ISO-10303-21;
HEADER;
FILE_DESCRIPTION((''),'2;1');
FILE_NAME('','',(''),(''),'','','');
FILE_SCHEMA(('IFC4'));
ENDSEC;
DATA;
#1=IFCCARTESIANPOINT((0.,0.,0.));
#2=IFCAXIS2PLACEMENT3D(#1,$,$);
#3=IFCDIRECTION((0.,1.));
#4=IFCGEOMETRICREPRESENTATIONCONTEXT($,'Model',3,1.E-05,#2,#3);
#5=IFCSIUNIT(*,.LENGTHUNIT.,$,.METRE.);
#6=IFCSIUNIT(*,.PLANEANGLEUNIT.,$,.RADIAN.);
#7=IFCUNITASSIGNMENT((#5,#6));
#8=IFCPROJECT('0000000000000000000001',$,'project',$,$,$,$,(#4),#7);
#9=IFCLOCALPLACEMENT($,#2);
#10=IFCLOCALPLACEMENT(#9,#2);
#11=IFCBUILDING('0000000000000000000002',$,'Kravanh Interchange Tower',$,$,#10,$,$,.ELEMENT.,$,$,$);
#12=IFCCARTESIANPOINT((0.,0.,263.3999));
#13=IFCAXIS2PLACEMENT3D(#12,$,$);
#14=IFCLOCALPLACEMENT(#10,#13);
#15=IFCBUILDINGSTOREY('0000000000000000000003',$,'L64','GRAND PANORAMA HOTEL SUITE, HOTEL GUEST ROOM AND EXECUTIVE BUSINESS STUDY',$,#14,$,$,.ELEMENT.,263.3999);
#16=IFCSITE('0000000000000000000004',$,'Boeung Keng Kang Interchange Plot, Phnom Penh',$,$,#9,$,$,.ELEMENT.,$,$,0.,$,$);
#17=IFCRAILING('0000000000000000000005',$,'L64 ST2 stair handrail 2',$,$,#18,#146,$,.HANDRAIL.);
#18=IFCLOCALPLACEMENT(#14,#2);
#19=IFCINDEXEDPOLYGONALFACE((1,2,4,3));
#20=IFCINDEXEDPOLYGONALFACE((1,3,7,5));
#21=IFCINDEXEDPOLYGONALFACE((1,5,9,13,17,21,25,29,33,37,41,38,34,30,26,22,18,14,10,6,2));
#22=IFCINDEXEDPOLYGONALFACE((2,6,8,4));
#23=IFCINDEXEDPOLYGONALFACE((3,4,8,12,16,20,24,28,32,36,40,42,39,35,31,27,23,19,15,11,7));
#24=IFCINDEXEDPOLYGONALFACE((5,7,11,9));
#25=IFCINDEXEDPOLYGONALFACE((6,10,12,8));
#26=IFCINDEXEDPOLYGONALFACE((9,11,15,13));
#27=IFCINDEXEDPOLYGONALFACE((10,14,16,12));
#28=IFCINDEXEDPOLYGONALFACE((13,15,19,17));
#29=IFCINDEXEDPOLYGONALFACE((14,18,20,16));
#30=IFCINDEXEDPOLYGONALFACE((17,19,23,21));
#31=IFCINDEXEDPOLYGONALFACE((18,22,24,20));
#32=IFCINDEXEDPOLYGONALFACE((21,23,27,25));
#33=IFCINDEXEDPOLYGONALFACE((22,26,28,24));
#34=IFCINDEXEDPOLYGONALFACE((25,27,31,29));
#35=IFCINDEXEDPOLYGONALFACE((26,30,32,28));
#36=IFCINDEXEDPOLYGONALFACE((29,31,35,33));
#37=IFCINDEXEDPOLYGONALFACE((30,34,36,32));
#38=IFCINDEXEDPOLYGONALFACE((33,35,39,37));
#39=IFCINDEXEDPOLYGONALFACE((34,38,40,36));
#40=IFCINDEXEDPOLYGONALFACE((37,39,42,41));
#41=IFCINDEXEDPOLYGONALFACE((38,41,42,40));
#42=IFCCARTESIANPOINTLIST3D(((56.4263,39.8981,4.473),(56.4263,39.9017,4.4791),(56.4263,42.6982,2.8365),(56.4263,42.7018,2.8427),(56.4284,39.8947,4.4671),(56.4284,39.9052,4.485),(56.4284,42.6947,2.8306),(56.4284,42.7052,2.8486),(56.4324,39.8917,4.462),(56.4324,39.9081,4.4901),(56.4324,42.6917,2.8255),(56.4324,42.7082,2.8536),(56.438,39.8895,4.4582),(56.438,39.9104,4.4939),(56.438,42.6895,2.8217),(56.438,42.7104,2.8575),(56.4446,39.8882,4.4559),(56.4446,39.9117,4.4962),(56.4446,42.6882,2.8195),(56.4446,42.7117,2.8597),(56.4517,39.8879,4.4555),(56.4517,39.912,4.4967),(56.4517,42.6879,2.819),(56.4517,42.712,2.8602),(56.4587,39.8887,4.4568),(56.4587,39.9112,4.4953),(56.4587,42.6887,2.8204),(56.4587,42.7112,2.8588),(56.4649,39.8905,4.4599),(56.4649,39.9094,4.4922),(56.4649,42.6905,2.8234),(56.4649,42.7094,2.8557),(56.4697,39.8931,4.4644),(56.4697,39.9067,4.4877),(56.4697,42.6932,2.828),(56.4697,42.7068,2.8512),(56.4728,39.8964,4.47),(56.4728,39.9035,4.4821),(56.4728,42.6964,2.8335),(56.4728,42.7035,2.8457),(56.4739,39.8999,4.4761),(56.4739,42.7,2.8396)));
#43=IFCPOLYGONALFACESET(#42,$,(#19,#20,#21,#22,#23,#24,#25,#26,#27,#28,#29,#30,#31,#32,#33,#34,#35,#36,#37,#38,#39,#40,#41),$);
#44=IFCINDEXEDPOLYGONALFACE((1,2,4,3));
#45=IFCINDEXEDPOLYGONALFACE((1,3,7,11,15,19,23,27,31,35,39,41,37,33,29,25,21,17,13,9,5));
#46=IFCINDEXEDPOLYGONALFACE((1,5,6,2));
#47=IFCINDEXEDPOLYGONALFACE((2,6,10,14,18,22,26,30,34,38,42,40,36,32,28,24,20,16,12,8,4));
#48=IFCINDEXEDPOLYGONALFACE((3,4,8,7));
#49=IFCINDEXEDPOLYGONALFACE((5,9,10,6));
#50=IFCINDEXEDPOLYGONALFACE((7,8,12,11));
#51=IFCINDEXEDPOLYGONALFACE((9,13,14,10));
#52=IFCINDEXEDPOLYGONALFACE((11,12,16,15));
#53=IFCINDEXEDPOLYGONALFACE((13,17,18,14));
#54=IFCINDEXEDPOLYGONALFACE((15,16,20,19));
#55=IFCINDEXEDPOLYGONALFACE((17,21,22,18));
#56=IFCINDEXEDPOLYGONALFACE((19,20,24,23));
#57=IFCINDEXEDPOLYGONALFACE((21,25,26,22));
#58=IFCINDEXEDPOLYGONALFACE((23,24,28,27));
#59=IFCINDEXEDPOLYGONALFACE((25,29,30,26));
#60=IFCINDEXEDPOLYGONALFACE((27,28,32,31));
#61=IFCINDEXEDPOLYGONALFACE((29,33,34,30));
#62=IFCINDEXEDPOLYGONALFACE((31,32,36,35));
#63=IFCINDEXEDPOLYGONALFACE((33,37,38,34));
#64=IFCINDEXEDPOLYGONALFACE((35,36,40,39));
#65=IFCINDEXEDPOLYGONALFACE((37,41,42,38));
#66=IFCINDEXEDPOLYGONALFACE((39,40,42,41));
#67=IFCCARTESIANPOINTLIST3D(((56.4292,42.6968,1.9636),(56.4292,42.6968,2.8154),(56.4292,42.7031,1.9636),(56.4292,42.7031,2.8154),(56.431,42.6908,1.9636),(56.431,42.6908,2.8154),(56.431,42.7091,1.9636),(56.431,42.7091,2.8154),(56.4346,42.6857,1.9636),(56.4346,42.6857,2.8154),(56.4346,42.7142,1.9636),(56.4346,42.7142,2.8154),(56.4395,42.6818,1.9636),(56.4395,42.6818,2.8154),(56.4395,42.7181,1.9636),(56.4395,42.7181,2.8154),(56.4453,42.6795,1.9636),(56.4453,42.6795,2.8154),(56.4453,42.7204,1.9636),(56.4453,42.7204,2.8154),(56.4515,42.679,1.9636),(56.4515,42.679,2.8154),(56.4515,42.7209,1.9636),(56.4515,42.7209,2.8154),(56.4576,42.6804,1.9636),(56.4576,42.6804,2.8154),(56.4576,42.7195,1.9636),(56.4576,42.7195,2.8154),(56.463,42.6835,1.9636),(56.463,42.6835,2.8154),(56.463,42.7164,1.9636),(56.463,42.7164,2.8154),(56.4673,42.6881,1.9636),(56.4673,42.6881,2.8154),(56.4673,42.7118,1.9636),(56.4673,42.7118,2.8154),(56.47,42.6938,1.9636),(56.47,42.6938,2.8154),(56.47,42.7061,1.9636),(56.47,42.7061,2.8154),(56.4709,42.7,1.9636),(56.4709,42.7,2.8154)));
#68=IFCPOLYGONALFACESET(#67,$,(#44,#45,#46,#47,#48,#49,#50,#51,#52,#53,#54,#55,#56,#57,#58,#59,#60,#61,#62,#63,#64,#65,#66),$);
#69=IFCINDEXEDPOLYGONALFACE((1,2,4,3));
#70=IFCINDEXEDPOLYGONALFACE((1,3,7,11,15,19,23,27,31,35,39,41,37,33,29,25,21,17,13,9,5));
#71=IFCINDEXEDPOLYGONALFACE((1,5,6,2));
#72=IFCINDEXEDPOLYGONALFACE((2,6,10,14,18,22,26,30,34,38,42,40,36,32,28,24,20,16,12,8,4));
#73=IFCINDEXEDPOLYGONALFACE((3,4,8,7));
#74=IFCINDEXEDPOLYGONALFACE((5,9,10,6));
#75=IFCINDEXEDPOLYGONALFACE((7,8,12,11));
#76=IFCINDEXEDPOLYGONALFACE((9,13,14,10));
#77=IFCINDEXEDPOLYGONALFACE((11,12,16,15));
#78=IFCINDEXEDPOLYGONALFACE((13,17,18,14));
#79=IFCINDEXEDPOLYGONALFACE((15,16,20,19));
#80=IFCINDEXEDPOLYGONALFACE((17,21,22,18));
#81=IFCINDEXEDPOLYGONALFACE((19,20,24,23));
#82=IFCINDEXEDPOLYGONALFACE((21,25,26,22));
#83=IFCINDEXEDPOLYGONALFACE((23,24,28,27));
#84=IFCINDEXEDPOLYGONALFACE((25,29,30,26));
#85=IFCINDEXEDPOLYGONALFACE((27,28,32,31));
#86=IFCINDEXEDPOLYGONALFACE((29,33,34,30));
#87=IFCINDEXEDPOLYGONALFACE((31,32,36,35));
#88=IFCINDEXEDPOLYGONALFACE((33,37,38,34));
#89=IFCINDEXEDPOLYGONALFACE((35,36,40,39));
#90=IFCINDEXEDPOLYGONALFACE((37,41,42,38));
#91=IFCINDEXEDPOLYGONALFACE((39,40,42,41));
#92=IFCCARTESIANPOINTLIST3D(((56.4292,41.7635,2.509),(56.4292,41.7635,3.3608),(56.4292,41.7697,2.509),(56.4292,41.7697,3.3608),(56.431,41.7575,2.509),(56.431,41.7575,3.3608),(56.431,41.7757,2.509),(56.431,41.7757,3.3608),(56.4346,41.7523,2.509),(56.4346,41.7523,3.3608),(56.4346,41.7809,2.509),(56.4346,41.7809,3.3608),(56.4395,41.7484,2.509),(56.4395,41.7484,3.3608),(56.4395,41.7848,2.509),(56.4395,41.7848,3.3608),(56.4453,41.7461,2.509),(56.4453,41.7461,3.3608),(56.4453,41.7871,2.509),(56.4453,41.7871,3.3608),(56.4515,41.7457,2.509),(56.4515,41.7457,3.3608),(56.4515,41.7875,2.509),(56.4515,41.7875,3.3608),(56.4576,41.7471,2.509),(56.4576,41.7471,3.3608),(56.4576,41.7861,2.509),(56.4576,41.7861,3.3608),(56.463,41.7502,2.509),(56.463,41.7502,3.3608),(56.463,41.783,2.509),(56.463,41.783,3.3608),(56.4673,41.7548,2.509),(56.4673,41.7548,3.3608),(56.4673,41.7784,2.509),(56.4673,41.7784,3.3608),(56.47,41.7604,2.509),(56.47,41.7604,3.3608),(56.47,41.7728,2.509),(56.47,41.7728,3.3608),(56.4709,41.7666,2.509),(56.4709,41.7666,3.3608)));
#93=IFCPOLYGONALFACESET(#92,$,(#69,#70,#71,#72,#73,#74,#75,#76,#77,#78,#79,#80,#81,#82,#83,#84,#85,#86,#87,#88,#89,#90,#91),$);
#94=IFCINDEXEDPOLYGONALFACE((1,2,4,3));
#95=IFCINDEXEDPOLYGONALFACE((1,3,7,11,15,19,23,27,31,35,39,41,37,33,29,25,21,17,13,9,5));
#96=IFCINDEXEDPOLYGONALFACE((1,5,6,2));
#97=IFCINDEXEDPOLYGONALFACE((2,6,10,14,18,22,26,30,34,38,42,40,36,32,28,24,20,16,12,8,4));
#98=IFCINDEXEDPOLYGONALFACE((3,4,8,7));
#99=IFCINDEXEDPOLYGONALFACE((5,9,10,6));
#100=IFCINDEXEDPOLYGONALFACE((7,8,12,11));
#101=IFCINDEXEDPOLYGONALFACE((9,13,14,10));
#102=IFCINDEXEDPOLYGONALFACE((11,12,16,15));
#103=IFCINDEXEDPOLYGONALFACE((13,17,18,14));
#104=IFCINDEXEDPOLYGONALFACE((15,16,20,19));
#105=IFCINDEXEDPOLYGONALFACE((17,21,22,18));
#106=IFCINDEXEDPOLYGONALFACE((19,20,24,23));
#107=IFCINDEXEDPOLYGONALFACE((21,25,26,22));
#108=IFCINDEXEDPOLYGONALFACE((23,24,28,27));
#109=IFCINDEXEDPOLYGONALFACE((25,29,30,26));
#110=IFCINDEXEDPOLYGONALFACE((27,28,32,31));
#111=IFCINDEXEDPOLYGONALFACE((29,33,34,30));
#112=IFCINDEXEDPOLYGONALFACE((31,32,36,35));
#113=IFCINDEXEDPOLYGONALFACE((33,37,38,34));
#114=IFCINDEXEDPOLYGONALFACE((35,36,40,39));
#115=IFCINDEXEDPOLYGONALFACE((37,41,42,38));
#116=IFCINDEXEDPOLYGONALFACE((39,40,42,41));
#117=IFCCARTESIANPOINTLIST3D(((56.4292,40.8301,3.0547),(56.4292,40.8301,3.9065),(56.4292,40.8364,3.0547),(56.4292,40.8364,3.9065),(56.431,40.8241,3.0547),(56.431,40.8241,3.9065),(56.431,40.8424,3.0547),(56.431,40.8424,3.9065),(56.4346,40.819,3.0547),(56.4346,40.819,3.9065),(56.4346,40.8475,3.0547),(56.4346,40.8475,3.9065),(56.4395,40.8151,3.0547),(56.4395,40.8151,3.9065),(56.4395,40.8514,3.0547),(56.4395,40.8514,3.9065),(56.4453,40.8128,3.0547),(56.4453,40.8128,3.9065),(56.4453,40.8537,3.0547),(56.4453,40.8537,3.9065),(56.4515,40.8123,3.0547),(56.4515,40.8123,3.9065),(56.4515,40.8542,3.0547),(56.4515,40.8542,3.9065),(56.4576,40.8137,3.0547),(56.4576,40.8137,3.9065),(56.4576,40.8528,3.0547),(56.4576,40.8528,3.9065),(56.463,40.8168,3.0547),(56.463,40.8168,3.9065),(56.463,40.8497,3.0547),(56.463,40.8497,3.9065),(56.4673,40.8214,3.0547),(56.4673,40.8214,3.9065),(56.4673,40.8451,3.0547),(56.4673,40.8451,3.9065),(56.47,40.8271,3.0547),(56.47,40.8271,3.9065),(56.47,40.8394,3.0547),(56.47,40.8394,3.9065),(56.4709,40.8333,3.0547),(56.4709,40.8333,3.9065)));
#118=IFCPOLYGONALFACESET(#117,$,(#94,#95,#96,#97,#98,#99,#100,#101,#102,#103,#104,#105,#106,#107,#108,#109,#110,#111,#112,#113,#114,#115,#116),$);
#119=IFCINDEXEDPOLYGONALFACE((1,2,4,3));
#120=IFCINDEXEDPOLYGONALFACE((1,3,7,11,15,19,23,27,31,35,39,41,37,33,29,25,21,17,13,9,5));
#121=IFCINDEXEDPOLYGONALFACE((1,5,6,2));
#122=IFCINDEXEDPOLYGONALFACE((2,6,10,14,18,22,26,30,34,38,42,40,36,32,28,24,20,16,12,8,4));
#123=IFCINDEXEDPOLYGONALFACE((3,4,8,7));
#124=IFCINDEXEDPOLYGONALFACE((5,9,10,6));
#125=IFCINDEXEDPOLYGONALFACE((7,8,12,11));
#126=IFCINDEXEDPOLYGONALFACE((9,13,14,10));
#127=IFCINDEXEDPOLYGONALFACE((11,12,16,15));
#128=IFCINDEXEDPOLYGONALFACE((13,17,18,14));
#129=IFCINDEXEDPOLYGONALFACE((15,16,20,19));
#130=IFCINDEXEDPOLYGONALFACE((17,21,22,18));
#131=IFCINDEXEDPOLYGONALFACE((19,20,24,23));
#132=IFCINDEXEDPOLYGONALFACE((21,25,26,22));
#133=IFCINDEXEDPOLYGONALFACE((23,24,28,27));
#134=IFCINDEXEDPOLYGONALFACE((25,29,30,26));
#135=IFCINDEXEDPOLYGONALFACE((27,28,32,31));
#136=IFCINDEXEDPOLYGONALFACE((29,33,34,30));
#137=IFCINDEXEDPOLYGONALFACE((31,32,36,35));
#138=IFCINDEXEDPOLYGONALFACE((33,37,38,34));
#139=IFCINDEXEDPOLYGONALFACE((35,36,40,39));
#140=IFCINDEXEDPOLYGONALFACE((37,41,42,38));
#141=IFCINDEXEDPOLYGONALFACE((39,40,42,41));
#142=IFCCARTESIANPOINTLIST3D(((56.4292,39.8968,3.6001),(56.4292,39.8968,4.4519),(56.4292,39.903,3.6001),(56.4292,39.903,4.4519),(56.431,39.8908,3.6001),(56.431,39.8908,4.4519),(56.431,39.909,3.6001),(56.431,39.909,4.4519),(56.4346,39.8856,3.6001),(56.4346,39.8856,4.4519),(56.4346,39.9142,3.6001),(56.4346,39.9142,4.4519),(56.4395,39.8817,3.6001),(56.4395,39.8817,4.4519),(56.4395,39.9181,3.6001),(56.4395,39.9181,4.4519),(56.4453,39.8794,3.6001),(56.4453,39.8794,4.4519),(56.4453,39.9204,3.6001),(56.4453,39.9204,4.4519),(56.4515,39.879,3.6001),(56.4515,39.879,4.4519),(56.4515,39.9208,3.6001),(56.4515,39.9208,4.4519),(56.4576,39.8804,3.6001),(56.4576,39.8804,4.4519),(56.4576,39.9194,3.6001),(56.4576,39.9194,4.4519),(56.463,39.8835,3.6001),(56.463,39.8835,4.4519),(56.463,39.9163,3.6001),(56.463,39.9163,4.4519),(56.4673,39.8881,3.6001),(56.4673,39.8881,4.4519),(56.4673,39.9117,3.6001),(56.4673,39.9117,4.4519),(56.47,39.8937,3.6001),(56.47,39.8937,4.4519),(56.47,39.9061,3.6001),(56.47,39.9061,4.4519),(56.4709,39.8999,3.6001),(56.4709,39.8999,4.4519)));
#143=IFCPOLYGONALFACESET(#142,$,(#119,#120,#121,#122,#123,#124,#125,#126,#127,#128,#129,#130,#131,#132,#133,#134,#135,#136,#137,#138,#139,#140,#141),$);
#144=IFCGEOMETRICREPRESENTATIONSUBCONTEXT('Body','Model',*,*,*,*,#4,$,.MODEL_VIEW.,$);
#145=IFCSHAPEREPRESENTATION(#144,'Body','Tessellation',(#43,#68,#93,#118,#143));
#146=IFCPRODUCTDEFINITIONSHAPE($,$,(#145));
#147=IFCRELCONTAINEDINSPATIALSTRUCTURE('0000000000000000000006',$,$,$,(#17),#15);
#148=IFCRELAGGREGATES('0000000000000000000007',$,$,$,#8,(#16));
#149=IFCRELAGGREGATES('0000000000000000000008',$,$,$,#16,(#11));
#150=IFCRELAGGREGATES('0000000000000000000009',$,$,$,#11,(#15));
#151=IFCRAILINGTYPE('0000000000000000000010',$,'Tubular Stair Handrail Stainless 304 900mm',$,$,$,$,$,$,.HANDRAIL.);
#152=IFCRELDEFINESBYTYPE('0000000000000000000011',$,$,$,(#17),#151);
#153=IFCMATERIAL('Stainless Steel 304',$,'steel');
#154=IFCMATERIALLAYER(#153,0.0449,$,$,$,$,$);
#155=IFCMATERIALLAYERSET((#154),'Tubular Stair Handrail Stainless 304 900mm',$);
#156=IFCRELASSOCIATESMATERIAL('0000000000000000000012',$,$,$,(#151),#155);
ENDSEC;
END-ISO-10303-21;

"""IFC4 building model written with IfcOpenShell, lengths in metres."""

from ifc_helpers import new_model, si_unit, direction, frame, origin, origin_2d, place, context, subcontext, project, spatial, circle, extrude, material, layer, layer_set, type_object, element, save


model = new_model("IFC4")

# Units and contexts
model_context = context("Model", 3, precision=1e-05, world=origin(), true_north=direction((0.0, 1.0)))
body_context = subcontext(model_context, "Body", "Model", "MODEL_VIEW")
ifc_project = project(units=[si_unit("LENGTHUNIT", "METRE"), si_unit("PLANEANGLEUNIT", "RADIAN")], contexts=[model_context])

# Site, building, storey
site_placement = place(None, origin())
site = spatial("IfcSite", under=ifc_project, at=site_placement, Name="Boeung Keng Kang Interchange Plot, Phnom Penh", CompositionType="ELEMENT", RefElevation=0.0)
building_placement = place(site_placement, origin())
building = spatial("IfcBuilding", under=site, at=building_placement, Name="Kravanh Interchange Tower", CompositionType="ELEMENT")
storey_placement = place(building_placement, frame((0.0, 0.0, 263.3999)))
storey = spatial("IfcBuildingStorey", under=building, at=storey_placement, Name="L64", Description="GRAND PANORAMA HOTEL SUITE, HOTEL GUEST ROOM AND EXECUTIVE BUSINESS STUDY", CompositionType="ELEMENT", Elevation=263.3999)

# Railing
ifc_material_1 = material(Name="Stainless Steel 304", Category="steel")
ifc_layer_1 = layer(ifc_material_1, 0.0449)
ifc_layer_set_1 = layer_set([ifc_layer_1], Name="Tubular Stair Handrail Stainless 304 900mm")
railing_type_1 = type_object("IfcRailingType", Name="Tubular Stair Handrail Stainless 304 900mm", PredefinedType="HANDRAIL", material=ifc_layer_set_1)
railing_1_placement = place(storey_placement, frame((56.45, 42.7, 1.9636)))
element("IfcRailing", 1, at=railing_1_placement, inside=storey, type_object=railing_type_1, Name="L64 ST2 stair handrail 2", PredefinedType="HANDRAIL", context=body_context, shape_type="SweptSolid", body=[
    extrude(circle(Radius=0.0239, at=origin_2d()), frame((0.0, 0.0, 0.876), z_axis=(0.0, -0.863361, 0.504587), x_axis=(1.0, 0.0, 0.0)), (0.0, 0.0, 1.0), 3.2432),
    extrude(circle(Radius=0.021, at=origin_2d()), origin(), (0.0, 0.0, 1.0), 0.8518),
    extrude(circle(Radius=0.021, at=origin_2d()), frame((0.0, -0.9333, 0.5454)), (0.0, 0.0, 1.0), 0.8518),
    extrude(circle(Radius=0.021, at=origin_2d()), frame((0.0, -1.8667, 1.0911)), (0.0, 0.0, 1.0), 0.8518),
    extrude(circle(Radius=0.021, at=origin_2d()), frame((0.0, -2.8, 1.6365)), (0.0, 0.0, 1.0), 0.8518),
])

save(model, "model.ifc")
